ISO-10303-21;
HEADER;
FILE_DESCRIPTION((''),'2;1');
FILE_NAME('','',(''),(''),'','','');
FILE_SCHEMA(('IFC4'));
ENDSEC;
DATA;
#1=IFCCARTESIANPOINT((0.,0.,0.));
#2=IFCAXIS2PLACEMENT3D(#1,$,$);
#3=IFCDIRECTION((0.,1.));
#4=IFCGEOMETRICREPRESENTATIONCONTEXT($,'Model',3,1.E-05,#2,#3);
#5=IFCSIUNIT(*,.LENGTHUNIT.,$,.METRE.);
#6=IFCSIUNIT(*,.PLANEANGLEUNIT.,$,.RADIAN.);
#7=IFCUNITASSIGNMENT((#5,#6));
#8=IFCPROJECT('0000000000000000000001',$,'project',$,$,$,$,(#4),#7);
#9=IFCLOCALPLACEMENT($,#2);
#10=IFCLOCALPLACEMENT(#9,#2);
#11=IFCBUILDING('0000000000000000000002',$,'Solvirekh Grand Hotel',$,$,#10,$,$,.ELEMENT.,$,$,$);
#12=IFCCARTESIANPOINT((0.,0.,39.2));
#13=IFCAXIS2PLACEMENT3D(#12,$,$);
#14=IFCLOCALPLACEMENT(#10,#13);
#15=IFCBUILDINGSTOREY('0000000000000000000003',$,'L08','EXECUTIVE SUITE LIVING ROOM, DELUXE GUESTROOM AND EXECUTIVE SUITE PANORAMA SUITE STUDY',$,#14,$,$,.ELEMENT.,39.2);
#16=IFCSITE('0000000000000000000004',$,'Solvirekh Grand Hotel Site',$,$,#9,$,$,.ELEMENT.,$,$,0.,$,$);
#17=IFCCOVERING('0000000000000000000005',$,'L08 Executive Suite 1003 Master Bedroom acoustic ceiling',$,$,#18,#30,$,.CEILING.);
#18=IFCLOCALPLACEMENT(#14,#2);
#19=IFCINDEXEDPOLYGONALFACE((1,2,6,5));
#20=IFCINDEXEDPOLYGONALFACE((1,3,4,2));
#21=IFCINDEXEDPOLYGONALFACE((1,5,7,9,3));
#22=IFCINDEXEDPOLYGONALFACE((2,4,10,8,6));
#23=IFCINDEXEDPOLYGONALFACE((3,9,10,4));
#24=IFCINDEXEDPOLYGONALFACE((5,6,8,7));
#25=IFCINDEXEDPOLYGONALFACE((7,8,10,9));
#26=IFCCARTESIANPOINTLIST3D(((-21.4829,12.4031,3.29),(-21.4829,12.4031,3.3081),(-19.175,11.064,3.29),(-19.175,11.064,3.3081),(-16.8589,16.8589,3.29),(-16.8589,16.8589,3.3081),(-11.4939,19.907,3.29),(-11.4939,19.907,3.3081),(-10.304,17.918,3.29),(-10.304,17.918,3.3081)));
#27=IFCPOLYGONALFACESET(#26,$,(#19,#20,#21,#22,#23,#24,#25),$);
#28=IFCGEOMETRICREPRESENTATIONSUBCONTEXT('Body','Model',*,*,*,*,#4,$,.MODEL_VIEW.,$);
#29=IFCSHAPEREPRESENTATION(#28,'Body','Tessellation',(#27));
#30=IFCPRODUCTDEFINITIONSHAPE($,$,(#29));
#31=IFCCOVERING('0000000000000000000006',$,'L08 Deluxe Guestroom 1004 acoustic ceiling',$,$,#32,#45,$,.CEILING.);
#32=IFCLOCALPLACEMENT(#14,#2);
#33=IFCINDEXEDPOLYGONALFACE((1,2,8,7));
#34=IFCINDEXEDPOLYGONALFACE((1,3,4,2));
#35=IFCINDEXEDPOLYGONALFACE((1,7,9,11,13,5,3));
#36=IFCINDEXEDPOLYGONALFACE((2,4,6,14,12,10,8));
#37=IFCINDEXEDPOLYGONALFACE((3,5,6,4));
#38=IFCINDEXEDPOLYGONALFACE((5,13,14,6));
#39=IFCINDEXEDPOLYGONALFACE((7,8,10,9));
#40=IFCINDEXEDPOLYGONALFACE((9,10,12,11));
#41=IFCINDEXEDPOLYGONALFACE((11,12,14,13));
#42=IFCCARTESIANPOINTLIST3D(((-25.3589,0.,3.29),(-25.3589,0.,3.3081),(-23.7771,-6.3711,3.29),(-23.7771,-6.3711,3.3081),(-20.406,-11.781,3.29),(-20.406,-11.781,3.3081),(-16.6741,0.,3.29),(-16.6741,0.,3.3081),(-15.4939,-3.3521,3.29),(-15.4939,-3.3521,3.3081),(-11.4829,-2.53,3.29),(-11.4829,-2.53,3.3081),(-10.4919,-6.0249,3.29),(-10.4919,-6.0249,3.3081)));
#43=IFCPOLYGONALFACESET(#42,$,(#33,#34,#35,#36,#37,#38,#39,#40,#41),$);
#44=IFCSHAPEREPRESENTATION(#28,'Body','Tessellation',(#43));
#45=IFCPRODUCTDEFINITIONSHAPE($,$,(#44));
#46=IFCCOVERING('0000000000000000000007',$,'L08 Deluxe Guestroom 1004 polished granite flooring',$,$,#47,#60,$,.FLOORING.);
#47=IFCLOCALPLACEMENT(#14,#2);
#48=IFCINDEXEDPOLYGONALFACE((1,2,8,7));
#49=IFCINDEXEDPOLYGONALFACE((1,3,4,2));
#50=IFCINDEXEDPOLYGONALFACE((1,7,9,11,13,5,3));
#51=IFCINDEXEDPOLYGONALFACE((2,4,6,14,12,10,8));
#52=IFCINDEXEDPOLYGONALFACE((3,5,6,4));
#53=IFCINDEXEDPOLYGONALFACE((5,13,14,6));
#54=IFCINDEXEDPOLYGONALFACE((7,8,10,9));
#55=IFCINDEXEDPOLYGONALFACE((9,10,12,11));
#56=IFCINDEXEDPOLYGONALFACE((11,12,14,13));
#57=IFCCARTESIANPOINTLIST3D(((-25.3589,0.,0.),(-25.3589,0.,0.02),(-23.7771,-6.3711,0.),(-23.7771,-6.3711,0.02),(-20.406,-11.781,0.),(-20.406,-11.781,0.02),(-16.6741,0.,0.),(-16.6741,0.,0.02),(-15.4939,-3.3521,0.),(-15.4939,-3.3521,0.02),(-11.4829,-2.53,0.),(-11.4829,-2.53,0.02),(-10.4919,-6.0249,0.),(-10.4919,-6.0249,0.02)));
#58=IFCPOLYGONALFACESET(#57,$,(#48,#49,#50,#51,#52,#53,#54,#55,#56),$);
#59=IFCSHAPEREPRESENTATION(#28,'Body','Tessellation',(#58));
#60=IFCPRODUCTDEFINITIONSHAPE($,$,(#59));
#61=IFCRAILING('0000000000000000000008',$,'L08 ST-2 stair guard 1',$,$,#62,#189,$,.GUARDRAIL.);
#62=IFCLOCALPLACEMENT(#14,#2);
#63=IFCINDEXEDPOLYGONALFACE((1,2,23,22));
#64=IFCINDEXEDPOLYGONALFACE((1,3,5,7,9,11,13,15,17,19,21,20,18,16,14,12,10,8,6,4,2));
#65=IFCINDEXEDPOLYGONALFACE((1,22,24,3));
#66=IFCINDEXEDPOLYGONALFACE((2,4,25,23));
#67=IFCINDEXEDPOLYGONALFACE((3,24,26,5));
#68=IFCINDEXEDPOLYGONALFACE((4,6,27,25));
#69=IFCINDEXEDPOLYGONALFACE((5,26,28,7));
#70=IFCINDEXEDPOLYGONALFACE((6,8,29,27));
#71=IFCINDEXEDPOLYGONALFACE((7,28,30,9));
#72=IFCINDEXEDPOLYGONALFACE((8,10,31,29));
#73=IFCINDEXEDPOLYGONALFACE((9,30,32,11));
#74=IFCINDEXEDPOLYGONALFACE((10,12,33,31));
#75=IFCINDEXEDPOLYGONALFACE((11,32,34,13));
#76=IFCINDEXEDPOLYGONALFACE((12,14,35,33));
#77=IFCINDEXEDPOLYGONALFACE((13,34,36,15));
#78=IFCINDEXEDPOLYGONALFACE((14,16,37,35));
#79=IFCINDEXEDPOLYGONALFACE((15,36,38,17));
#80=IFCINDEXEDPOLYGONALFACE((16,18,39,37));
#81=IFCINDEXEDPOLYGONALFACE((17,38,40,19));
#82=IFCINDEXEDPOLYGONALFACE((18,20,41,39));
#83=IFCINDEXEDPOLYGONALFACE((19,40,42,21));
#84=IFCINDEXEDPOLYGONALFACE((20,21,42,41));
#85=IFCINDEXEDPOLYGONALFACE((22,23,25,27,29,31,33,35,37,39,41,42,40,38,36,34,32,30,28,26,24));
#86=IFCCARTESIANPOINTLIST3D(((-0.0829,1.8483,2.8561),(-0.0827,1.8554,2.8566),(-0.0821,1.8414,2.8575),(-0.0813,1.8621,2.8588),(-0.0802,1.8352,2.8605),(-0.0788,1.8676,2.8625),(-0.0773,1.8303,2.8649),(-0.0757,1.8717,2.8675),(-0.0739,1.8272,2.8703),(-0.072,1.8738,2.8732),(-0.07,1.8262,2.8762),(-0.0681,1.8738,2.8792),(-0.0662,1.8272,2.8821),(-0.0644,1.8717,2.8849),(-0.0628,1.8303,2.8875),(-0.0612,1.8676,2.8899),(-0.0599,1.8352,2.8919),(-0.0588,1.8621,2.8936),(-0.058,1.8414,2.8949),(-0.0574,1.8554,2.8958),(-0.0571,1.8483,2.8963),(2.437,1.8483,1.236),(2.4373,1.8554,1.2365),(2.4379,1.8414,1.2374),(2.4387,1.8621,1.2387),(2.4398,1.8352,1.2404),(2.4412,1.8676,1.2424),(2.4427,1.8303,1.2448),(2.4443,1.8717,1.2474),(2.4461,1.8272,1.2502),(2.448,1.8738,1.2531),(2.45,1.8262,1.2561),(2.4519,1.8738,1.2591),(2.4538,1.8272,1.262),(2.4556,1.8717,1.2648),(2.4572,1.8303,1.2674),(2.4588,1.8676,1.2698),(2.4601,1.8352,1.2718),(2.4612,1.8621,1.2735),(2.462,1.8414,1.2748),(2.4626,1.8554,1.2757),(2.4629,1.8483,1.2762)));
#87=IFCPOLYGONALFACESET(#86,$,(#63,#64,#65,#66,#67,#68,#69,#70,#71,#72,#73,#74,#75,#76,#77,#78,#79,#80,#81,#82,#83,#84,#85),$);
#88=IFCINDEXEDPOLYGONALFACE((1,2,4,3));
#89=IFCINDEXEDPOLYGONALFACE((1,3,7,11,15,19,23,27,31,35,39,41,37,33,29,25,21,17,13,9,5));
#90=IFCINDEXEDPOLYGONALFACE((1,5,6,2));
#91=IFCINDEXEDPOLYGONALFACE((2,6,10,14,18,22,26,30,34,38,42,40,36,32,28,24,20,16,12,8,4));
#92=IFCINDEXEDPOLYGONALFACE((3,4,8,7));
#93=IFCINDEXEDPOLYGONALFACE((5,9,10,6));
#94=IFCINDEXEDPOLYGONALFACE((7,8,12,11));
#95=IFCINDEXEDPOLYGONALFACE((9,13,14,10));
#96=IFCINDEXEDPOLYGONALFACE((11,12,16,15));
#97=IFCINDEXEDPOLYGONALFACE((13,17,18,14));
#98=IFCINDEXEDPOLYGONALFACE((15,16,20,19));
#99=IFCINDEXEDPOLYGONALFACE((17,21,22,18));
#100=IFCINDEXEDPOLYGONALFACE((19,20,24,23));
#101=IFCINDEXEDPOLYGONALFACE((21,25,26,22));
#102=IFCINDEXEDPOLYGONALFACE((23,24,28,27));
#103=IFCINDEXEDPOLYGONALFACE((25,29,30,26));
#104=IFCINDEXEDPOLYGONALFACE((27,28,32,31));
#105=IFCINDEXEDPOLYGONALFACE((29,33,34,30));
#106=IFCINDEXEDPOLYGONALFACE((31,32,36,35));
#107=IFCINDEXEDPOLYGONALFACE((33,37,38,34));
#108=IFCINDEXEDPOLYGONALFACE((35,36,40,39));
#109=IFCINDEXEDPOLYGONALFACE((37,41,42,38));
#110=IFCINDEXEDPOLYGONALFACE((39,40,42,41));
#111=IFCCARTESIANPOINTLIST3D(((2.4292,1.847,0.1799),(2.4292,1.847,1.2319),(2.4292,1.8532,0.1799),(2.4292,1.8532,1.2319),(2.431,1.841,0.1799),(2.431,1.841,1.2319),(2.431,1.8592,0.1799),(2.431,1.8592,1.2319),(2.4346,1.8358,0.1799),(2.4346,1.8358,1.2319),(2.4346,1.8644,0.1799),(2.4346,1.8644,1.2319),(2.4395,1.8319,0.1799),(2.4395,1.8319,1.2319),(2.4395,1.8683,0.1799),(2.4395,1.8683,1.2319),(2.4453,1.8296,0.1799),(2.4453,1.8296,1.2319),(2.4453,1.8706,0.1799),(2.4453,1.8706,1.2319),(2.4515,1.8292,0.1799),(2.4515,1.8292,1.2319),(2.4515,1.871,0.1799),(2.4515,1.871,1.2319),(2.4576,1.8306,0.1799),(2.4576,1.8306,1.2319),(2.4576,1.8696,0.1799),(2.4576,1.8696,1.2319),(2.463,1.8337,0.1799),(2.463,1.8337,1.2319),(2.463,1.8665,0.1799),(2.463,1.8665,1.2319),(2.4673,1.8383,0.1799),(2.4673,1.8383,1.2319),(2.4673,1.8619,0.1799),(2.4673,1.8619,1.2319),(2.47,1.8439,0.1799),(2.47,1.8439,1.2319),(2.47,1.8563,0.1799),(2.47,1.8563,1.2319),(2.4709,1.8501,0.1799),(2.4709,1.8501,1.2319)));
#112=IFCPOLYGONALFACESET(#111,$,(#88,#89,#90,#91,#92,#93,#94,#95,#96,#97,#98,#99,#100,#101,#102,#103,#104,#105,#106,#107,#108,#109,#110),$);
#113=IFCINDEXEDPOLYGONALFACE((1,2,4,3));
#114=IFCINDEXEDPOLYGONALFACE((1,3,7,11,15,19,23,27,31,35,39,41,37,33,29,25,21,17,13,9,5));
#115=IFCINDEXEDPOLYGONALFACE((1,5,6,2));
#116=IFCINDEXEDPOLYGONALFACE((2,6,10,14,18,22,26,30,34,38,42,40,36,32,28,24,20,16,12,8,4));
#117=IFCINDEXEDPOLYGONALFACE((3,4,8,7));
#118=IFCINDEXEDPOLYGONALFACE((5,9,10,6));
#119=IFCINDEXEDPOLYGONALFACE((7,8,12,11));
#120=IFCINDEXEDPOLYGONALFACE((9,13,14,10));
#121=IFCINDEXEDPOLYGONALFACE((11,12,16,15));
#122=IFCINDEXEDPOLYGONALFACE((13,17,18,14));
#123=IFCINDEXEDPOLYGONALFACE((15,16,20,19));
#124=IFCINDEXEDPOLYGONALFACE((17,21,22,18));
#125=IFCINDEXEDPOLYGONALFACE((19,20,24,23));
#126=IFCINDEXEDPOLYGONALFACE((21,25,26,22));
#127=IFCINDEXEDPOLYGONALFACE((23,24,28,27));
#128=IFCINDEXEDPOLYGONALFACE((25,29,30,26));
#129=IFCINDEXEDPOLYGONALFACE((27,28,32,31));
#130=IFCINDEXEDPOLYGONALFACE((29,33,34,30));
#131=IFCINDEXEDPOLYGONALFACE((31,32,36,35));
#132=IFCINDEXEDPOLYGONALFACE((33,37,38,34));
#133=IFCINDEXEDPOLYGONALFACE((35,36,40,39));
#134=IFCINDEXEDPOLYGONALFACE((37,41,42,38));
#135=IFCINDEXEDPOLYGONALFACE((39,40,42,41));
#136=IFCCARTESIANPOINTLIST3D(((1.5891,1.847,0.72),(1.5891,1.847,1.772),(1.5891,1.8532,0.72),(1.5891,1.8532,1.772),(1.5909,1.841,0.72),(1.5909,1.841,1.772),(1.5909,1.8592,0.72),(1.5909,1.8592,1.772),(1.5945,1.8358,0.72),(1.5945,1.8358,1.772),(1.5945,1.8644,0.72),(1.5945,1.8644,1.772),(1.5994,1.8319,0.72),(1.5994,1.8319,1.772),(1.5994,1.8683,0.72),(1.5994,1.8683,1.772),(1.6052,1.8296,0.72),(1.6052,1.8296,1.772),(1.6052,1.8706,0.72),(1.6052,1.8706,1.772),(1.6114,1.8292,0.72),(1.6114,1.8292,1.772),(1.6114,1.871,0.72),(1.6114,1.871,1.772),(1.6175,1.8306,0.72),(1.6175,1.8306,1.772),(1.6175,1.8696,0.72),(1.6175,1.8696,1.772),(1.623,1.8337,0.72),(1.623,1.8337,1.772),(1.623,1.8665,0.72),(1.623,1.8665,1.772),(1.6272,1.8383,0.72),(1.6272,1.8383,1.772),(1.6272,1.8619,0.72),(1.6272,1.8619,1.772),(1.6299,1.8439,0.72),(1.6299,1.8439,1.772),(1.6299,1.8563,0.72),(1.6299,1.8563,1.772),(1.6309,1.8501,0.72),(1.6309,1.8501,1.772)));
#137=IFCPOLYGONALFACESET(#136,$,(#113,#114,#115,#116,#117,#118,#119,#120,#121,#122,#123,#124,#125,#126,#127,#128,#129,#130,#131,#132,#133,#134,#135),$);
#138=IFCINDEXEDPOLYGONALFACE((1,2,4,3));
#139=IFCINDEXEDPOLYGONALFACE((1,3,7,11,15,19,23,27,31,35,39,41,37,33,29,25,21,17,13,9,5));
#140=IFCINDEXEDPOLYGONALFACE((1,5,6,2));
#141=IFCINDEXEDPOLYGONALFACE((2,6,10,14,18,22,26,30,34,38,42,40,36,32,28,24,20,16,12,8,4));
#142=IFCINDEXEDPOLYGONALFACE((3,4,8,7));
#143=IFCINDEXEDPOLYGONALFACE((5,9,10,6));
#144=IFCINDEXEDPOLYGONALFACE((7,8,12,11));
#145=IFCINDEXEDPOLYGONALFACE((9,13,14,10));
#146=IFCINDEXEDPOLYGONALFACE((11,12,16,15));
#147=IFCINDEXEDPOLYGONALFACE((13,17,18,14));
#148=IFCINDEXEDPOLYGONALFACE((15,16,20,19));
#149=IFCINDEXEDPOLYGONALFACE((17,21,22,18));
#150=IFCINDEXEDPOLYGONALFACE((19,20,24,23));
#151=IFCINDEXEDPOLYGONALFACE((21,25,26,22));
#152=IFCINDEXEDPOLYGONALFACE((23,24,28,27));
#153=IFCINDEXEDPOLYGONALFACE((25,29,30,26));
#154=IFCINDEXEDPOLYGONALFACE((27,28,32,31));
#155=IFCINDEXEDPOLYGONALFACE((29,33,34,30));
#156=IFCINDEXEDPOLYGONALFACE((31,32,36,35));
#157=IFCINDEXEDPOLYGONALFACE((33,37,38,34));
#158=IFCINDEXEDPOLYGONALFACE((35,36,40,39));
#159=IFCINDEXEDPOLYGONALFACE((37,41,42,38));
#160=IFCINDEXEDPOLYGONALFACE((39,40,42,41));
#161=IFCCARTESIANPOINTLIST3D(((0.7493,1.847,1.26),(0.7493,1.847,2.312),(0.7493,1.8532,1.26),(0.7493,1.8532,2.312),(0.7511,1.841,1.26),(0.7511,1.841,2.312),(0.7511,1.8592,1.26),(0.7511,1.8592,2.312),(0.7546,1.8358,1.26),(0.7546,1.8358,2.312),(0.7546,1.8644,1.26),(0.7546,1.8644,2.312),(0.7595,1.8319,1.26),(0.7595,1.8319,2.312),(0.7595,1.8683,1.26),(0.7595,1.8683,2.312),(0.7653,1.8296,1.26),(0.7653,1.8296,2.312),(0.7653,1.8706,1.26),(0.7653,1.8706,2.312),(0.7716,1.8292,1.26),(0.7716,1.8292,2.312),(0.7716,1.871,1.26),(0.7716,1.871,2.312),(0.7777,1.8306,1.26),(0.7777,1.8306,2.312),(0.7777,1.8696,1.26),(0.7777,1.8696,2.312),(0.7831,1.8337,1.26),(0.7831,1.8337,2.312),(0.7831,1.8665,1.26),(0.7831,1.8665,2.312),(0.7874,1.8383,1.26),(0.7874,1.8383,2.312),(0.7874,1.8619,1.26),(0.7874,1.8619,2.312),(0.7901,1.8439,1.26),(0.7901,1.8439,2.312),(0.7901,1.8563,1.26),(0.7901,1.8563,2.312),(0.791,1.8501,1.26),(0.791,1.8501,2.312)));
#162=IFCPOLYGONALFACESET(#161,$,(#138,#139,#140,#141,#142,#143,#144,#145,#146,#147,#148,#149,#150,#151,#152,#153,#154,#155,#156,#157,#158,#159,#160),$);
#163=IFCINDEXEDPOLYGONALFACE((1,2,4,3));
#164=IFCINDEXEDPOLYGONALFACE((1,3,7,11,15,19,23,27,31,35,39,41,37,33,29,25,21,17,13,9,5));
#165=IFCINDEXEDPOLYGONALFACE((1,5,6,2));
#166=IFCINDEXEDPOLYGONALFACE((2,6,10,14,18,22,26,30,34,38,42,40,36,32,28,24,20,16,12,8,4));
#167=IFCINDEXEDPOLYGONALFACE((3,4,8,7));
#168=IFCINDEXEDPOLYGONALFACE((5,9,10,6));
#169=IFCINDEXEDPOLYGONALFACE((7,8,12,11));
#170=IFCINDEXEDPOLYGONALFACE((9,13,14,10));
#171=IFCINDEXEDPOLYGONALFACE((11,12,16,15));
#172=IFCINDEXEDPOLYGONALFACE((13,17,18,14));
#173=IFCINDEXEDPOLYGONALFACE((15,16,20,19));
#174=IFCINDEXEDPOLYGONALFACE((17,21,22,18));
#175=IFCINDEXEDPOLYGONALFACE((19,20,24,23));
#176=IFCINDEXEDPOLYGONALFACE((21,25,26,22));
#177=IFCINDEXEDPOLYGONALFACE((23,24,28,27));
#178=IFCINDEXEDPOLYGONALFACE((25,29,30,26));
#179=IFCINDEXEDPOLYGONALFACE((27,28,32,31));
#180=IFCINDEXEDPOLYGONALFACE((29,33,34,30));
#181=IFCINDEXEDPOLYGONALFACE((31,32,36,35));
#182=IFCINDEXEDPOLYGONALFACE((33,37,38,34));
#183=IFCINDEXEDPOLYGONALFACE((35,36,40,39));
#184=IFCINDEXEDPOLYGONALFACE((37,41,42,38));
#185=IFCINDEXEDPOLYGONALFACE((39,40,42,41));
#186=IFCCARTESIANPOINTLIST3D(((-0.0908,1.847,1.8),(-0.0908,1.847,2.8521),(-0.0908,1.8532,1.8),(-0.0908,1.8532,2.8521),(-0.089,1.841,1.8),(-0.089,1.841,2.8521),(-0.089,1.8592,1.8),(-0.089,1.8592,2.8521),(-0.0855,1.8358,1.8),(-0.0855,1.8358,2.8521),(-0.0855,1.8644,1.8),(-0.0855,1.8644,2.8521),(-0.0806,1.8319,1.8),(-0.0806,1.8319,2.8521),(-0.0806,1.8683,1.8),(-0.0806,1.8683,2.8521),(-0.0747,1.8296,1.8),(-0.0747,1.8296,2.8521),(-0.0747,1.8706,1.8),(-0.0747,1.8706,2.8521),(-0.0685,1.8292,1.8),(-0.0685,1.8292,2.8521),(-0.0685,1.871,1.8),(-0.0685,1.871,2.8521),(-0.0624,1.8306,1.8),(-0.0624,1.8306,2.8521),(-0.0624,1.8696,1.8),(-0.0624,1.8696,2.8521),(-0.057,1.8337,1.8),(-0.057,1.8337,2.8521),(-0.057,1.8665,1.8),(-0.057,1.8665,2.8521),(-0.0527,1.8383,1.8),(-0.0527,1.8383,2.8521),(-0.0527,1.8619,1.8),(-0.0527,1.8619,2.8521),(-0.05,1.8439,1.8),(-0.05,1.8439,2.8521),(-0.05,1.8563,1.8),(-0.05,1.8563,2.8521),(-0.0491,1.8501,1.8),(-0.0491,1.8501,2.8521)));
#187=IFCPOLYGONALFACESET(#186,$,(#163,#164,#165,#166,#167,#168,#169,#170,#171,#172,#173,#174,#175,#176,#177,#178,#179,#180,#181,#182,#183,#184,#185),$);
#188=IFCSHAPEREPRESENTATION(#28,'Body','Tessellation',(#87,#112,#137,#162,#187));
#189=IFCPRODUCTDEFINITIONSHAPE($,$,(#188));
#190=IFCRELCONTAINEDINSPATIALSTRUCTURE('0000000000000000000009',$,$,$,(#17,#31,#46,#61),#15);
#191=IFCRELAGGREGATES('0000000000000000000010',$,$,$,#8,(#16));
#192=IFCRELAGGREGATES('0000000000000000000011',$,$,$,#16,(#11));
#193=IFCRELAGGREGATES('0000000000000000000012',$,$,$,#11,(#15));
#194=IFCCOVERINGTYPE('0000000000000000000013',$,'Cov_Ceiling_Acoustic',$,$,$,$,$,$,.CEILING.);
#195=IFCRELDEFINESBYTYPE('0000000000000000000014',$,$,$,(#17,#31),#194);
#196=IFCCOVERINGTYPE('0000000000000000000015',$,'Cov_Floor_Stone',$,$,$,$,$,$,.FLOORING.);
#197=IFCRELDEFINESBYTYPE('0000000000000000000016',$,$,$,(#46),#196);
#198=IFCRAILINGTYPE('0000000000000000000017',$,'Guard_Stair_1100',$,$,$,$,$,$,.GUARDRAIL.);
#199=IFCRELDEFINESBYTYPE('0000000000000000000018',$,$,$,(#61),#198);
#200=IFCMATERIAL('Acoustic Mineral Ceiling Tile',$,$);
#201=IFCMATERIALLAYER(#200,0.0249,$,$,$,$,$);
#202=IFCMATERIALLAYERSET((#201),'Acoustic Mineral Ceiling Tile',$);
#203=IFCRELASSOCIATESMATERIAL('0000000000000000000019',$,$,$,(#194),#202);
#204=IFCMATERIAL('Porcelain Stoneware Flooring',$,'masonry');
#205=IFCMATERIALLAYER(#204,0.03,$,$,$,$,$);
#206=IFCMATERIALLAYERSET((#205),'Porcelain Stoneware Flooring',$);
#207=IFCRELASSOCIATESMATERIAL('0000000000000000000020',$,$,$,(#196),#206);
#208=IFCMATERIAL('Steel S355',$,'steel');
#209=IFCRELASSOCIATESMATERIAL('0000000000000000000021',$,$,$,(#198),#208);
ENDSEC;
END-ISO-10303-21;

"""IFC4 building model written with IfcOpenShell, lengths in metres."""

from ifc_helpers import new_model, si_unit, direction, frame, origin, origin_2d, place, context, subcontext, project, spatial, polyline, circle, outline, extrude, material, layer, layer_set, type_object, element, save


model = new_model("IFC4")

# Units and contexts
model_context = context("Model", 3, precision=1e-05, world=origin(), true_north=direction((0.0, 1.0)))
body_context = subcontext(model_context, "Body", "Model", "MODEL_VIEW")
ifc_project = project(units=[si_unit("LENGTHUNIT", "METRE"), si_unit("PLANEANGLEUNIT", "RADIAN")], contexts=[model_context])

# Site, building, storey
site_placement = place(None, origin())
site = spatial("IfcSite", under=ifc_project, at=site_placement, Name="Solvirekh Grand Hotel Site", CompositionType="ELEMENT", RefElevation=0.0)
building_placement = place(site_placement, origin())
building = spatial("IfcBuilding", under=site, at=building_placement, Name="Solvirekh Grand Hotel", CompositionType="ELEMENT")
storey_placement = place(building_placement, frame((0.0, 0.0, 39.2)))
storey = spatial("IfcBuildingStorey", under=building, at=storey_placement, Name="L08", Description="EXECUTIVE SUITE LIVING ROOM, DELUXE GUESTROOM AND EXECUTIVE SUITE PANORAMA SUITE STUDY", CompositionType="ELEMENT", Elevation=39.2)

# Shared definitions
ifc_material_1 = material(Name="Steel S355", Category="steel")

# Coverings
ifc_material_2 = material(Name="Acoustic Mineral Ceiling Tile")
ifc_layer_1 = layer(ifc_material_2, 0.0249)
ifc_layer_set_1 = layer_set([ifc_layer_1], Name="Acoustic Mineral Ceiling Tile")
covering_type_1 = type_object("IfcCoveringType", Name="Cov_Ceiling_Acoustic", PredefinedType="CEILING", material=ifc_layer_set_1)
covering_1_placement = place(storey_placement, frame((0.0, 0.0, 3.29)))
element("IfcCovering", 1, at=covering_1_placement, inside=storey, type_object=covering_type_1, Name="L08 Executive Suite 1003 Master Bedroom acoustic ceiling", PredefinedType="CEILING", context=body_context, shape_type="SweptSolid", body=[
    extrude(outline(polyline([(-11.4939, 19.907), (-16.8589, 16.8589), (-21.4829, 12.4031), (-19.175, 11.064), (-10.304, 17.918), (-11.4939, 19.907)])), origin(), (0.0, 0.0, 1.0), 0.0181),
])
covering_2_placement = place(storey_placement, frame((0.0, 0.0, 3.29)))
element("IfcCovering", 2, at=covering_2_placement, inside=storey, type_object=covering_type_1, Name="L08 Deluxe Guestroom 1004 acoustic ceiling", PredefinedType="CEILING", context=body_context, shape_type="SweptSolid", body=[
    extrude(outline(polyline([(-15.4939, -3.3521), (-16.6741, 0.0), (-25.3589, 0.0), (-23.7771, -6.3711), (-20.406, -11.781), (-10.4919, -6.0249), (-11.4829, -2.53), (-15.4939, -3.3521)])), origin(), (0.0, 0.0, 1.0), 0.0181),
])
ifc_material_3 = material(Name="Porcelain Stoneware Flooring", Category="masonry")
ifc_layer_2 = layer(ifc_material_3, 0.03)
ifc_layer_set_2 = layer_set([ifc_layer_2], Name="Porcelain Stoneware Flooring")
covering_type_2 = type_object("IfcCoveringType", Name="Cov_Floor_Stone", PredefinedType="FLOORING", material=ifc_layer_set_2)
covering_3_placement = place(storey_placement, origin())
element("IfcCovering", 3, at=covering_3_placement, inside=storey, type_object=covering_type_2, Name="L08 Deluxe Guestroom 1004 polished granite flooring", PredefinedType="FLOORING", context=body_context, shape_type="SweptSolid", body=[
    extrude(outline(polyline([(-15.4939, -3.3521), (-16.6741, 0.0), (-25.3589, 0.0), (-23.7771, -6.3711), (-20.406, -11.781), (-10.4919, -6.0249), (-11.4829, -2.53), (-15.4939, -3.3521)])), origin(), (0.0, 0.0, 1.0), 0.02),
])

# Railing
railing_type_1 = type_object("IfcRailingType", Name="Guard_Stair_1100", PredefinedType="GUARDRAIL", material=ifc_material_1)
railing_1_placement = place(storey_placement, frame((2.45, 1.8501, 0.1799)))
element("IfcRailing", 4, at=railing_1_placement, inside=storey, type_object=railing_type_1, Name="L08 ST-2 stair guard 1", PredefinedType="GUARDRAIL", context=body_context, shape_type="SweptSolid", body=[
    extrude(circle(Radius=0.0239, at=origin_2d()), frame((0.0, 0.0, 1.0762), z_axis=(-0.841163, 0.0, 0.540782), x_axis=(0.0, -1.0, 0.0)), (0.0, 0.0, 1.0), 2.9958),
    extrude(circle(Radius=0.021, at=origin_2d()), origin(), (0.0, 0.0, 1.0), 1.052),
    extrude(circle(Radius=0.021, at=origin_2d()), frame((-0.8401, 0.0, 0.54)), (0.0, 0.0, 1.0), 1.052),
    extrude(circle(Radius=0.021, at=origin_2d()), frame((-1.6799, 0.0, 1.0801)), (0.0, 0.0, 1.0), 1.052),
    extrude(circle(Radius=0.021, at=origin_2d()), frame((-2.52, 0.0, 1.6201)), (0.0, 0.0, 1.0), 1.052),
])

save(model, "model.ifc")
